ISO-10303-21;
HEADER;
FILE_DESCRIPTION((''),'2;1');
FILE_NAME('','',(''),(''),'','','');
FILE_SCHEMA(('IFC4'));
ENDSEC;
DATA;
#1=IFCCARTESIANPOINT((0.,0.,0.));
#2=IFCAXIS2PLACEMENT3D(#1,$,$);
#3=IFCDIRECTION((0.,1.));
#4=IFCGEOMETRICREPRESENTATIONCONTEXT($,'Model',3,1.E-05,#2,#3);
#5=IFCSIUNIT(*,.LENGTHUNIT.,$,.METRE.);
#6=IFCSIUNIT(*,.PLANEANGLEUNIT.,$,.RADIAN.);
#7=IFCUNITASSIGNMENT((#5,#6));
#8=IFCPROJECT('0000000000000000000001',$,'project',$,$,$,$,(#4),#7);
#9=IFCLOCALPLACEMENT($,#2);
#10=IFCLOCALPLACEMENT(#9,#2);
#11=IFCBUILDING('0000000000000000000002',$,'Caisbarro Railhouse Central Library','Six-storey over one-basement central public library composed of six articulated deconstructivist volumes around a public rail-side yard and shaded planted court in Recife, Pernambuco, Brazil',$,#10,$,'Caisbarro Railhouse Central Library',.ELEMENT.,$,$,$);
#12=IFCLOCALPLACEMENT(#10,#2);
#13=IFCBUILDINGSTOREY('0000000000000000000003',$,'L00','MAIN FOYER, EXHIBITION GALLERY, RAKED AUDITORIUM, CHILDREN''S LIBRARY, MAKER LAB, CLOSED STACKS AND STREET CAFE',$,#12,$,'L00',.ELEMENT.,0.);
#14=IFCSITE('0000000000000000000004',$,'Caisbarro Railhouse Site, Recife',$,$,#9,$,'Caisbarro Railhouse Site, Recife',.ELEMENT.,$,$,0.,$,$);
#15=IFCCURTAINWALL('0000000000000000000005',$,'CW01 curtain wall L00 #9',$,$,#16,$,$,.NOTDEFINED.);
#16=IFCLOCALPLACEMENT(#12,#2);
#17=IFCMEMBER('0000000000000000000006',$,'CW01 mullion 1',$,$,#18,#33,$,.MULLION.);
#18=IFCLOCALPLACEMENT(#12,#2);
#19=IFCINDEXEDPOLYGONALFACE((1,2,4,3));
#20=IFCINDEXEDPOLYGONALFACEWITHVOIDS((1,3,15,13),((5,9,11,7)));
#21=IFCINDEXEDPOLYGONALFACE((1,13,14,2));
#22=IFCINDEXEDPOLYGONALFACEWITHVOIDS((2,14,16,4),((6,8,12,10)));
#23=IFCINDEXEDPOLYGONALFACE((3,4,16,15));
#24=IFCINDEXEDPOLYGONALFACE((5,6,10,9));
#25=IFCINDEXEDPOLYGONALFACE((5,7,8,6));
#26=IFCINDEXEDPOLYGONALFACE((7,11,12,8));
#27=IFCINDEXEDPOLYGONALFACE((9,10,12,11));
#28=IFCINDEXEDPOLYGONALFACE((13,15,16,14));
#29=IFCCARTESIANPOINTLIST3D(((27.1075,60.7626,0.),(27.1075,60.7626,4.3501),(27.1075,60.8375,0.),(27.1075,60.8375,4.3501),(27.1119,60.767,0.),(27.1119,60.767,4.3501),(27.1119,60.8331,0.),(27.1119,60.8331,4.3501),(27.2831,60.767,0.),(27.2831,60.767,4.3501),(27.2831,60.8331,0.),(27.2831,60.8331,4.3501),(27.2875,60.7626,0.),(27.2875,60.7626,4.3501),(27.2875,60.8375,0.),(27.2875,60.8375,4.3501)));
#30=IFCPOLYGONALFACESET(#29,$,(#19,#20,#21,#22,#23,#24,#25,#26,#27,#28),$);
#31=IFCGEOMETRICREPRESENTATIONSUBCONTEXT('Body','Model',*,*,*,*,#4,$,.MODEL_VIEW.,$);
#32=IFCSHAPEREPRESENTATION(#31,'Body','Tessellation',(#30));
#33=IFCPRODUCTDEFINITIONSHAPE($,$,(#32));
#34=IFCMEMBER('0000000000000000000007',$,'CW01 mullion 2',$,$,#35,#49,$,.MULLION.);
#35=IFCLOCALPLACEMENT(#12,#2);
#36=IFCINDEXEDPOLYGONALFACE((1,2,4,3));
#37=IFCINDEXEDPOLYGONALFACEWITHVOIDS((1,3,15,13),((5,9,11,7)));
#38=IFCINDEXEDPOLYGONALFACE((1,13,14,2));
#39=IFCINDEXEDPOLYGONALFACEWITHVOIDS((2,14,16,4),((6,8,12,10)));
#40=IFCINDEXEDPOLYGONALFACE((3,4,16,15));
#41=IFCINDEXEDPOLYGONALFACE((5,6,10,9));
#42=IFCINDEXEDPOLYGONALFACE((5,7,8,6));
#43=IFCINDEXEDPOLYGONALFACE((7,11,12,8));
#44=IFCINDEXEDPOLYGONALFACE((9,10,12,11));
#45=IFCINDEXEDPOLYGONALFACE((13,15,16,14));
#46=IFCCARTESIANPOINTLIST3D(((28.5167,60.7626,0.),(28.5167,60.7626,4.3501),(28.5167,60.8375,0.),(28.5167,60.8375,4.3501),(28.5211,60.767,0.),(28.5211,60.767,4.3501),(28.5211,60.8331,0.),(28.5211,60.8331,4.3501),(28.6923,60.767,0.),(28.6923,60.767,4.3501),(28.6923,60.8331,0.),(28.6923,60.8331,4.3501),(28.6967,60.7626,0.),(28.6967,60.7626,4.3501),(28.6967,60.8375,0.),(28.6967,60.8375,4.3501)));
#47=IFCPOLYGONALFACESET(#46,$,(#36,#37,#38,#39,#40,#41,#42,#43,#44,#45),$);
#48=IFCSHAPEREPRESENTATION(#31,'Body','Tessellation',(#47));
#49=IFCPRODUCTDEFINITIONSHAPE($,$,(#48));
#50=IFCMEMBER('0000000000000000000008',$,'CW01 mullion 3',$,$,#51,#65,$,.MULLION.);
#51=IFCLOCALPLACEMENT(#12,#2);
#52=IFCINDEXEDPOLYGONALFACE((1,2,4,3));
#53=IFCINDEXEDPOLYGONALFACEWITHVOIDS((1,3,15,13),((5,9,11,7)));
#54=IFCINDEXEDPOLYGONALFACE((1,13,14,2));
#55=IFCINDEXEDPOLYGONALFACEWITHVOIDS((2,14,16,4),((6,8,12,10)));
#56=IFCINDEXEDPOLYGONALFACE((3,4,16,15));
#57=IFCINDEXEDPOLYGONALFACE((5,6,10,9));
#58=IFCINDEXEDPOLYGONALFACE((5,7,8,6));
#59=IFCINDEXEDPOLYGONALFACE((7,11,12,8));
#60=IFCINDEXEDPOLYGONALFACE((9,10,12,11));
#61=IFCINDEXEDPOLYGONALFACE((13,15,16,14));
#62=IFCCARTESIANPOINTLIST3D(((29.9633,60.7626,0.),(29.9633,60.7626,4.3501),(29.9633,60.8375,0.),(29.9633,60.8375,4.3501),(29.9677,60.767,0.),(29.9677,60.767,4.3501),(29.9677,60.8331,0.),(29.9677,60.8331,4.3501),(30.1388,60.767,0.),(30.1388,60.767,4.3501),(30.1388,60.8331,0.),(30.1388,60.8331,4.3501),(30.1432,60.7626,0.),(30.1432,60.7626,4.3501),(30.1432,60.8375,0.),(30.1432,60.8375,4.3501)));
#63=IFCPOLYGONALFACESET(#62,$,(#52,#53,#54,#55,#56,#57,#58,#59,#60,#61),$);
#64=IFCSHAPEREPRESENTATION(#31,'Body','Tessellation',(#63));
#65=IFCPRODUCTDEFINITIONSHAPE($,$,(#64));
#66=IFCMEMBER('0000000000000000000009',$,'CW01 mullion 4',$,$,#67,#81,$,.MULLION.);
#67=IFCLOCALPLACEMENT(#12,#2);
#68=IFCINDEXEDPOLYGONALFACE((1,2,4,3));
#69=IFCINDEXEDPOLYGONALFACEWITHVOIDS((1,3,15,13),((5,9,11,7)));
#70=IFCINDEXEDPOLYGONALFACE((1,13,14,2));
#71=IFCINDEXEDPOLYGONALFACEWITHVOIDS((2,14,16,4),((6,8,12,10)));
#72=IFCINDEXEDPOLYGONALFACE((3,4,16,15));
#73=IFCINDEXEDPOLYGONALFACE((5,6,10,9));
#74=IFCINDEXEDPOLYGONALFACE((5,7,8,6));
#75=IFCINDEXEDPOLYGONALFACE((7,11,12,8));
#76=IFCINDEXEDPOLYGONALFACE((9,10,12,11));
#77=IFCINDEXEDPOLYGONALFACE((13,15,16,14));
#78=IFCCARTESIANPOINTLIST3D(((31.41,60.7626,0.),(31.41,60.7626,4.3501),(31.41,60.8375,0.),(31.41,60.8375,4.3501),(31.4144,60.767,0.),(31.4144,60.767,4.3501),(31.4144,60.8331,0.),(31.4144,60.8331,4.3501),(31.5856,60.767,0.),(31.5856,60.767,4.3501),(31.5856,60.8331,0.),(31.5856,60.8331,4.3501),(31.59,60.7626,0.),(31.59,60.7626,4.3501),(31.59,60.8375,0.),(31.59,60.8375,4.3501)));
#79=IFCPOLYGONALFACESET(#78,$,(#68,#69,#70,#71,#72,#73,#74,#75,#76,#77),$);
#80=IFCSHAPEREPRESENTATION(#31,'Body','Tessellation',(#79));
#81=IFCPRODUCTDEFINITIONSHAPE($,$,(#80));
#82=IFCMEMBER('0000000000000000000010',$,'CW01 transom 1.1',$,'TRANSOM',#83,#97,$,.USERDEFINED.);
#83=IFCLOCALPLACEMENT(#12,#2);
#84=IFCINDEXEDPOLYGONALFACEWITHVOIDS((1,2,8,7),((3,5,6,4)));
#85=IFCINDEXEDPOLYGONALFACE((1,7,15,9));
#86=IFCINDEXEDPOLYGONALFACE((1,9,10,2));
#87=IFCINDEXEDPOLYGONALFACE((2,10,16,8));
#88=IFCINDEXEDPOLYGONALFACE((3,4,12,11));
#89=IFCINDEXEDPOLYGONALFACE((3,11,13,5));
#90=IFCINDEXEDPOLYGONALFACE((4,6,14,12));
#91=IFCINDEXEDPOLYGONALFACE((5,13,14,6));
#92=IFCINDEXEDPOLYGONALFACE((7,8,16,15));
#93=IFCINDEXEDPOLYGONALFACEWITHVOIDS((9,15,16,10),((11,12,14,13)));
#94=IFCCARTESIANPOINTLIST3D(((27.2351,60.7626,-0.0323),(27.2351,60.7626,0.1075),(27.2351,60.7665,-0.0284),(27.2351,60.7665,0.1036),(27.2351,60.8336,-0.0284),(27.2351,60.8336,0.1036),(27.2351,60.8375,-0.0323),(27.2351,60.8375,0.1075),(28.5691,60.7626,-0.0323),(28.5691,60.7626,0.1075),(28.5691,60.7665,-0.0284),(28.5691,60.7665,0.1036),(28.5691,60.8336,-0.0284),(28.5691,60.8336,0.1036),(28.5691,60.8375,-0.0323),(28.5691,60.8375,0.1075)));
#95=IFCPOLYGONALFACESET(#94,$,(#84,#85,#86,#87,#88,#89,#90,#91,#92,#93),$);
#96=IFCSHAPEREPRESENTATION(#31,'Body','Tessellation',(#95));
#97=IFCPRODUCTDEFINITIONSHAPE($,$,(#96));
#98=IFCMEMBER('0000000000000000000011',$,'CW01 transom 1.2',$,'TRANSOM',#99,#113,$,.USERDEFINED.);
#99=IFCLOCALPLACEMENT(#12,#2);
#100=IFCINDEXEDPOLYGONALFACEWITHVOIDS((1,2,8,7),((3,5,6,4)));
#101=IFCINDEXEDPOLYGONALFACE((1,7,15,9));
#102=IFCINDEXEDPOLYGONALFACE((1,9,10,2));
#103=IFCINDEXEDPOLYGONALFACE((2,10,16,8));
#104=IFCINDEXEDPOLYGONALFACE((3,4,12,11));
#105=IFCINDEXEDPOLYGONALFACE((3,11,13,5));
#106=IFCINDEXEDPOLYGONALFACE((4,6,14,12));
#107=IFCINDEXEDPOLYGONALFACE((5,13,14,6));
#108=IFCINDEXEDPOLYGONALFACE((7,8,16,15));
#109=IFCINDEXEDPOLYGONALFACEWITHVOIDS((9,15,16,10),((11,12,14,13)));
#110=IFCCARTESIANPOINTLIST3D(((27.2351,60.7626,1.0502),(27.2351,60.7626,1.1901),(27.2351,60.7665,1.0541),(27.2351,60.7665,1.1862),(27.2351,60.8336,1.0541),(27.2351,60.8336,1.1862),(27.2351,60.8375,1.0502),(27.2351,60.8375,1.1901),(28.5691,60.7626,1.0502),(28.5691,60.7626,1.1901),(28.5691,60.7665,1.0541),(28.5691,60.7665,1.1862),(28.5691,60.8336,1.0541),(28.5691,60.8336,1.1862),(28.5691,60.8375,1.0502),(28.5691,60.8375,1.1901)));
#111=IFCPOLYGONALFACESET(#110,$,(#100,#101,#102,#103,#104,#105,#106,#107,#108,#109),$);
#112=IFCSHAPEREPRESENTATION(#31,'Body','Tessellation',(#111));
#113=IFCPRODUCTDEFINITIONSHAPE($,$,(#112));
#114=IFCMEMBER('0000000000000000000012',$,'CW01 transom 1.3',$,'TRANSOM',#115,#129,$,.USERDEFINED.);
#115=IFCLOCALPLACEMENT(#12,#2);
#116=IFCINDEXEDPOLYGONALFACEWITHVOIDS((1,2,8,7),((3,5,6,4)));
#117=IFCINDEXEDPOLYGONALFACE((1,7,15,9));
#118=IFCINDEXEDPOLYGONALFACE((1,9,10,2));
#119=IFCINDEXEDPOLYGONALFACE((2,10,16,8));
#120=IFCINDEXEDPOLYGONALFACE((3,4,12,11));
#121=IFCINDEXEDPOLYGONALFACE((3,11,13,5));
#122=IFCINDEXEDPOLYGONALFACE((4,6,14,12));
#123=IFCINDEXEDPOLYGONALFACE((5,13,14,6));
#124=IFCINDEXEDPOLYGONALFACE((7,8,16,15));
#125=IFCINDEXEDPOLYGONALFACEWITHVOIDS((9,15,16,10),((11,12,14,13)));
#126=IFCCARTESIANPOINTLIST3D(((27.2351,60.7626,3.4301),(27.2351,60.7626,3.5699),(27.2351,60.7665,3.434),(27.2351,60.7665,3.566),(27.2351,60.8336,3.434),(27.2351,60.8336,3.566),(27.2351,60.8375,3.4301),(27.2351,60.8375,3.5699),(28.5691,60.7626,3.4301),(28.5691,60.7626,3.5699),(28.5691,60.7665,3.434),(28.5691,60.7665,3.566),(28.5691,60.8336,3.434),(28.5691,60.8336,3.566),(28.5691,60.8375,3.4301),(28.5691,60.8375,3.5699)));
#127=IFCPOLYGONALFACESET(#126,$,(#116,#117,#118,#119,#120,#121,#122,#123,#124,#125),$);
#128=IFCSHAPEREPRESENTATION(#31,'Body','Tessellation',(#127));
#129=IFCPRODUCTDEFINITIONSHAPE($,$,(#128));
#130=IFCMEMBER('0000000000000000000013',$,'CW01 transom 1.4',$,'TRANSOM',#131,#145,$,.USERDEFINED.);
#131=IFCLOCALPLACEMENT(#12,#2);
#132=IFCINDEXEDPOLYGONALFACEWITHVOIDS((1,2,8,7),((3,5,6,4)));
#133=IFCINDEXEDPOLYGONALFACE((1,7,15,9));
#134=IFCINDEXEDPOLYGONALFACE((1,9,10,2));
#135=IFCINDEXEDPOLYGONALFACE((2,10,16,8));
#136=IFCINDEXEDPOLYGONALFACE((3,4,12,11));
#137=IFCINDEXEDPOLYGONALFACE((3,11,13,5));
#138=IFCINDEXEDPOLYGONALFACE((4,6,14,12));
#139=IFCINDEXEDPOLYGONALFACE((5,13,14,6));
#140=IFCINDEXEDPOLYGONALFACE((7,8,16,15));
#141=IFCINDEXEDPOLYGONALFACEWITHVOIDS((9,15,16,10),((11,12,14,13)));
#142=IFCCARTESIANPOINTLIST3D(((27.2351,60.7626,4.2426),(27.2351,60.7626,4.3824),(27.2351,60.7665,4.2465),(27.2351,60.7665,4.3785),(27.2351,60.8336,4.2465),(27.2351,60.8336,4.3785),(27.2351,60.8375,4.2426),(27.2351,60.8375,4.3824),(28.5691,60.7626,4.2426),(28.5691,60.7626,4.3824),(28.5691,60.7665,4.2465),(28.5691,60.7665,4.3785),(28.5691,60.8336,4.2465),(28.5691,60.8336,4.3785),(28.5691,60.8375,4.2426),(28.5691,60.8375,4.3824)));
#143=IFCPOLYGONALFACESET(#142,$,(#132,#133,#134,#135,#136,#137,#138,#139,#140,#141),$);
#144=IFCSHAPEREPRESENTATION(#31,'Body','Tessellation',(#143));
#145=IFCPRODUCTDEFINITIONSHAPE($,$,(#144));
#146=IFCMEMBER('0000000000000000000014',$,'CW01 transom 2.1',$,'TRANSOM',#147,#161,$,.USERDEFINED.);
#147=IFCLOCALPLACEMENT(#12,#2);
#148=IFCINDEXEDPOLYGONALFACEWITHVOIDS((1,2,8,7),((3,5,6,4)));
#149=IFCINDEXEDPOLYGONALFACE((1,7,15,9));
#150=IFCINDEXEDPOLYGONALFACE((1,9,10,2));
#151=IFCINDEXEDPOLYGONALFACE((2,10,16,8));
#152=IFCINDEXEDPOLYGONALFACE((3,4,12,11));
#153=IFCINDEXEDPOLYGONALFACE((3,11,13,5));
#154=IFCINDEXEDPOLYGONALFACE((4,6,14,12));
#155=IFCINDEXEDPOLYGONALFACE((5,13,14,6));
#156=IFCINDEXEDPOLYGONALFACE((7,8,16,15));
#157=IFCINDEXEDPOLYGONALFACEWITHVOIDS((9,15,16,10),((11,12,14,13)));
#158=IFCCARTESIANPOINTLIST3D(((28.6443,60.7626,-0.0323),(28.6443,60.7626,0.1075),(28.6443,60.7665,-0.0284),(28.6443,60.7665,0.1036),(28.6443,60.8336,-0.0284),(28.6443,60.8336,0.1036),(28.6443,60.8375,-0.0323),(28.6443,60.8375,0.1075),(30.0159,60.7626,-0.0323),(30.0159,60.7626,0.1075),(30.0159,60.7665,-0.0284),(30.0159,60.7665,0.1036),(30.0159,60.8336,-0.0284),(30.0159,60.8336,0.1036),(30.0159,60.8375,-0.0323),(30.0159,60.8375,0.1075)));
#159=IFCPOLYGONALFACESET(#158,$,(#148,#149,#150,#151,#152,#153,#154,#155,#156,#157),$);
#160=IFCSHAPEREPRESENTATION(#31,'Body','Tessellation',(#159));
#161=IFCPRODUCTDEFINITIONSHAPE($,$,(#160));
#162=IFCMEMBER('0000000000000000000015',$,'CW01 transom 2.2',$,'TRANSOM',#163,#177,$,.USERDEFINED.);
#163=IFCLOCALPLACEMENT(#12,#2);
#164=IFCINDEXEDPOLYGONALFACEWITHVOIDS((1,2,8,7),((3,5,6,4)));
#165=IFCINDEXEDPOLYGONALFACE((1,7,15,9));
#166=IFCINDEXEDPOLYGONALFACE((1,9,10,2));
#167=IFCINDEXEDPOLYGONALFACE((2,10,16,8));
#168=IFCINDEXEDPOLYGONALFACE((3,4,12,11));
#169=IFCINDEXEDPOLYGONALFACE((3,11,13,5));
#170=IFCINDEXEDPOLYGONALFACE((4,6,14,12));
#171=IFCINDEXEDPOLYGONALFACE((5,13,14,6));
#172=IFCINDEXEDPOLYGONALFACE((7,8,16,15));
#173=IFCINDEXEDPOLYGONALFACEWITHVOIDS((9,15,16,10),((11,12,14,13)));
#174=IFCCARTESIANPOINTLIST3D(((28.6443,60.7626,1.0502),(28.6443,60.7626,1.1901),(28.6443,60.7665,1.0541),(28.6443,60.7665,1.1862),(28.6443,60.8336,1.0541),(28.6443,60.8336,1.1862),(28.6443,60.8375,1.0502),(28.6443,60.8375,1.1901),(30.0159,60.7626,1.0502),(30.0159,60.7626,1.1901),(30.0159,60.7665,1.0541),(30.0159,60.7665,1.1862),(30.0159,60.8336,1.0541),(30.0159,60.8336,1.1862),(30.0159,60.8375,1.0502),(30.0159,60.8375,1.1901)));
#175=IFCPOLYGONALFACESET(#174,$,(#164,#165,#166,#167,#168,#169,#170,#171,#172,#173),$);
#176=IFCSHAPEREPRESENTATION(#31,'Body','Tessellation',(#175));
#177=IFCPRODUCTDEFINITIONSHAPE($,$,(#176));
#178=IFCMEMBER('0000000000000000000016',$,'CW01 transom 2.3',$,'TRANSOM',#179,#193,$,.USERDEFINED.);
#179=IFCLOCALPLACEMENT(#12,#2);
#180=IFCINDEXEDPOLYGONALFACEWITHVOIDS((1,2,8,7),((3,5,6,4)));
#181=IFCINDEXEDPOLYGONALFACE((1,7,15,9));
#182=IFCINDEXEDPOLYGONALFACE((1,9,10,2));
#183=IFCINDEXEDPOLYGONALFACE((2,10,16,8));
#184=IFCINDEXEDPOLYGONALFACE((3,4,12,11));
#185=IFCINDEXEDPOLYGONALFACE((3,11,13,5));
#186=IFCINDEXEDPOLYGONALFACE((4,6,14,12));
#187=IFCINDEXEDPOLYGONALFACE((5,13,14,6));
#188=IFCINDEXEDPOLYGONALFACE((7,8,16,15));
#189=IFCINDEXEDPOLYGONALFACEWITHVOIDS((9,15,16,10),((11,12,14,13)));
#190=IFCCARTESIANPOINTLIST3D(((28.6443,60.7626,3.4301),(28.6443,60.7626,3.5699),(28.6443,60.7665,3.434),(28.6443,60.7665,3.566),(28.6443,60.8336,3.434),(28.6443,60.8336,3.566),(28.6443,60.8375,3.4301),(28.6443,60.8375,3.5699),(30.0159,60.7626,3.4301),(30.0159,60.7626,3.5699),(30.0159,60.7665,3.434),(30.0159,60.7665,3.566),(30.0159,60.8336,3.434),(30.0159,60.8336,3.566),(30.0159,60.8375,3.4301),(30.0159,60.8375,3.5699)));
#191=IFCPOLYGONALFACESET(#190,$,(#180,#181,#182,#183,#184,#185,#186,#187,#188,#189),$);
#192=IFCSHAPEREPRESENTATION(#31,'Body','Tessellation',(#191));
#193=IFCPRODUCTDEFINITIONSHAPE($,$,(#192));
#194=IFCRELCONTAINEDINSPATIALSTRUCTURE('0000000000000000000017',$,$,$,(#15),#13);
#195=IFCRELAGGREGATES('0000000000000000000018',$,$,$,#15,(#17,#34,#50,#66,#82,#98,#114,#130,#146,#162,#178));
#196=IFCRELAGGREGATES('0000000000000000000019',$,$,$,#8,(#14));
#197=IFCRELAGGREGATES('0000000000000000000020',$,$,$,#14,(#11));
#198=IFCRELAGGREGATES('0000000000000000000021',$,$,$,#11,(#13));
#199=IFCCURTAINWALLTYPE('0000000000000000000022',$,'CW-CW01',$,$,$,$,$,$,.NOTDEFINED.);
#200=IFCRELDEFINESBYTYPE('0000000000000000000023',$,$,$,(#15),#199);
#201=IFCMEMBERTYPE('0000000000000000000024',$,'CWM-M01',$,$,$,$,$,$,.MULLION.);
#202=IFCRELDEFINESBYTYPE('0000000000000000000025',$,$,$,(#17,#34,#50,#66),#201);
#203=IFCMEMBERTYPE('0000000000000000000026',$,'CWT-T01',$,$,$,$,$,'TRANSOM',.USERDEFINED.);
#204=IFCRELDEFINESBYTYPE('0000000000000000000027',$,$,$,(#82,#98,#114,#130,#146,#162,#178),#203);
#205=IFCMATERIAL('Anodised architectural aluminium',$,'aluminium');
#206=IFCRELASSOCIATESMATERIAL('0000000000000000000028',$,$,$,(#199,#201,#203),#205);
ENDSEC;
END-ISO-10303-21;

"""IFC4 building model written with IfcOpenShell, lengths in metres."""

from ifc_helpers import new_model, si_unit, direction, frame, origin, origin_2d, place, context, subcontext, project, spatial, hollow_rectangle, extrude, material, material_profile, profile_set, type_object, element, aggregate, save


model = new_model("IFC4")

# Units and contexts
model_context = context("Model", 3, precision=1e-05, world=origin(), true_north=direction((0.0, 1.0)))
body_context = subcontext(model_context, "Body", "Model", "MODEL_VIEW")
ifc_project = project(units=[si_unit("LENGTHUNIT", "METRE"), si_unit("PLANEANGLEUNIT", "RADIAN")], contexts=[model_context])

# Site, building, storey
site_placement = place(None, origin())
site = spatial("IfcSite", under=ifc_project, at=site_placement, Name="Caisbarro Railhouse Site, Recife", LongName="Caisbarro Railhouse Site, Recife", CompositionType="ELEMENT", RefElevation=0.0)
building_placement = place(site_placement, origin())
building = spatial("IfcBuilding", under=site, at=building_placement, Name="Caisbarro Railhouse Central Library", Description="Six-storey over one-basement central public library composed of six articulated deconstructivist volumes around a public rail-side yard and shaded planted court in Recife, Pernambuco, Brazil", LongName="Caisbarro Railhouse Central Library", CompositionType="ELEMENT")
storey_placement = place(building_placement, origin())
storey = spatial("IfcBuildingStorey", under=building, at=storey_placement, Name="L00", Description="MAIN FOYER, EXHIBITION GALLERY, RAKED AUDITORIUM, CHILDREN'S LIBRARY, MAKER LAB, CLOSED STACKS AND STREET CAFE", LongName="L00", CompositionType="ELEMENT", Elevation=0.0)

# Curtain wall, members
ifc_material_1 = material(Name="Anodised architectural aluminium", Category="aluminium")
curtain_wall_type = type_object("IfcCurtainWallType", Name="CW-CW01", PredefinedType="NOTDEFINED", material=ifc_material_1)
curtain_wall_placement = place(storey_placement, origin())
curtain_wall = element("IfcCurtainWall", 1, at=curtain_wall_placement, inside=storey, type_object=curtain_wall_type, Name="CW01 curtain wall L00 #9", PredefinedType="NOTDEFINED")
ifc_material_profile_1 = material_profile(ifc_material_1, hollow_rectangle(XDim=0.075, YDim=0.1799, WallThickness=0.0044, at=origin_2d()), Name="ALU-MUL-75X180")
ifc_profile_set_1 = profile_set([ifc_material_profile_1], Name="Anodised architectural aluminium")
member_type_1 = type_object("IfcMemberType", Name="CWM-M01", PredefinedType="MULLION", material=ifc_profile_set_1)
member_1_placement = place(storey_placement, frame((27.1975, 60.8, 0.0), z_axis=(0.0, 0.0, 1.0), x_axis=(0.0, 1.0, 0.0)))
member_1 = element("IfcMember", 2, at=member_1_placement, type_object=member_type_1, Name="CW01 mullion 1", PredefinedType="MULLION", context=body_context, shape_type="SweptSolid", body=[
    extrude(hollow_rectangle(XDim=0.075, YDim=0.1799, WallThickness=0.0044, at=origin_2d()), origin(), (0.0, 0.0, 1.0), 4.3501),
])
member_2_placement = place(storey_placement, frame((28.6067, 60.8, 0.0), z_axis=(0.0, 0.0, 1.0), x_axis=(0.0, 1.0, 0.0)))
member_2 = element("IfcMember", 3, at=member_2_placement, type_object=member_type_1, Name="CW01 mullion 2", PredefinedType="MULLION", context=body_context, shape_type="SweptSolid", body=[
    extrude(hollow_rectangle(XDim=0.075, YDim=0.1799, WallThickness=0.0044, at=origin_2d()), origin(), (0.0, 0.0, 1.0), 4.3501),
])
member_3_placement = place(storey_placement, frame((30.0532, 60.8, 0.0), z_axis=(0.0, 0.0, 1.0), x_axis=(0.0, 1.0, 0.0)))
member_3 = element("IfcMember", 4, at=member_3_placement, type_object=member_type_1, Name="CW01 mullion 3", PredefinedType="MULLION", context=body_context, shape_type="SweptSolid", body=[
    extrude(hollow_rectangle(XDim=0.075, YDim=0.1799, WallThickness=0.0044, at=origin_2d()), origin(), (0.0, 0.0, 1.0), 4.3501),
])
member_4_placement = place(storey_placement, frame((31.5, 60.8, 0.0), z_axis=(0.0, 0.0, 1.0), x_axis=(0.0, 1.0, 0.0)))
member_4 = element("IfcMember", 5, at=member_4_placement, type_object=member_type_1, Name="CW01 mullion 4", PredefinedType="MULLION", context=body_context, shape_type="SweptSolid", body=[
    extrude(hollow_rectangle(XDim=0.075, YDim=0.1799, WallThickness=0.0044, at=origin_2d()), origin(), (0.0, 0.0, 1.0), 4.3501),
])
ifc_material_profile_2 = material_profile(ifc_material_1, hollow_rectangle(XDim=0.075, YDim=0.1399, WallThickness=0.0039, at=origin_2d()), Name="ALU-TRN-75X140")
ifc_profile_set_2 = profile_set([ifc_material_profile_2], Name="Anodised architectural aluminium")
member_type_2 = type_object("IfcMemberType", Name="CWT-T01", ElementType="TRANSOM", PredefinedType="USERDEFINED", material=ifc_profile_set_2)
member_5_placement = place(storey_placement, frame((27.2351, 60.8, 0.0376), z_axis=(1.0, 0.0, 0.0), x_axis=(0.0, 1.0, 0.0)))
member_5 = element("IfcMember", 6, at=member_5_placement, type_object=member_type_2, Name="CW01 transom 1.1", ObjectType="TRANSOM", PredefinedType="USERDEFINED", context=body_context, shape_type="SweptSolid", body=[
    extrude(hollow_rectangle(XDim=0.075, YDim=0.1399, WallThickness=0.0039, at=origin_2d()), origin(), (0.0, 0.0, 1.0), 1.334),
])
member_6_placement = place(storey_placement, frame((27.2351, 60.8, 1.1201), z_axis=(1.0, 0.0, 0.0), x_axis=(0.0, 1.0, 0.0)))
member_6 = element("IfcMember", 7, at=member_6_placement, type_object=member_type_2, Name="CW01 transom 1.2", ObjectType="TRANSOM", PredefinedType="USERDEFINED", context=body_context, shape_type="SweptSolid", body=[
    extrude(hollow_rectangle(XDim=0.075, YDim=0.1399, WallThickness=0.0039, at=origin_2d()), origin(), (0.0, 0.0, 1.0), 1.334),
])
member_7_placement = place(storey_placement, frame((27.2351, 60.8, 3.5), z_axis=(1.0, 0.0, 0.0), x_axis=(0.0, 1.0, 0.0)))
member_7 = element("IfcMember", 8, at=member_7_placement, type_object=member_type_2, Name="CW01 transom 1.3", ObjectType="TRANSOM", PredefinedType="USERDEFINED", context=body_context, shape_type="SweptSolid", body=[
    extrude(hollow_rectangle(XDim=0.075, YDim=0.1399, WallThickness=0.0039, at=origin_2d()), origin(), (0.0, 0.0, 1.0), 1.334),
])
member_8_placement = place(storey_placement, frame((27.2351, 60.8, 4.3125), z_axis=(1.0, 0.0, 0.0), x_axis=(0.0, 1.0, 0.0)))
member_8 = element("IfcMember", 9, at=member_8_placement, type_object=member_type_2, Name="CW01 transom 1.4", ObjectType="TRANSOM", PredefinedType="USERDEFINED", context=body_context, shape_type="SweptSolid", body=[
    extrude(hollow_rectangle(XDim=0.075, YDim=0.1399, WallThickness=0.0039, at=origin_2d()), origin(), (0.0, 0.0, 1.0), 1.334),
])
member_9_placement = place(storey_placement, frame((28.6443, 60.8, 0.0376), z_axis=(1.0, 0.0, 0.0), x_axis=(0.0, 1.0, 0.0)))
member_9 = element("IfcMember", 10, at=member_9_placement, type_object=member_type_2, Name="CW01 transom 2.1", ObjectType="TRANSOM", PredefinedType="USERDEFINED", context=body_context, shape_type="SweptSolid", body=[
    extrude(hollow_rectangle(XDim=0.075, YDim=0.1399, WallThickness=0.0039, at=origin_2d()), origin(), (0.0, 0.0, 1.0), 1.3716),
])
member_10_placement = place(storey_placement, frame((28.6443, 60.8, 1.1201), z_axis=(1.0, 0.0, 0.0), x_axis=(0.0, 1.0, 0.0)))
member_10 = element("IfcMember", 11, at=member_10_placement, type_object=member_type_2, Name="CW01 transom 2.2", ObjectType="TRANSOM", PredefinedType="USERDEFINED", context=body_context, shape_type="SweptSolid", body=[
    extrude(hollow_rectangle(XDim=0.075, YDim=0.1399, WallThickness=0.0039, at=origin_2d()), origin(), (0.0, 0.0, 1.0), 1.3716),
])
member_11_placement = place(storey_placement, frame((28.6443, 60.8, 3.5), z_axis=(1.0, 0.0, 0.0), x_axis=(0.0, 1.0, 0.0)))
member_11 = element("IfcMember", 12, at=member_11_placement, type_object=member_type_2, Name="CW01 transom 2.3", ObjectType="TRANSOM", PredefinedType="USERDEFINED", context=body_context, shape_type="SweptSolid", body=[
    extrude(hollow_rectangle(XDim=0.075, YDim=0.1399, WallThickness=0.0039, at=origin_2d()), origin(), (0.0, 0.0, 1.0), 1.3716),
])
aggregate(curtain_wall, [member_1, member_2, member_3, member_4, member_5, member_6, member_7, member_8, member_9, member_10, member_11])

save(model, "model.ifc")
